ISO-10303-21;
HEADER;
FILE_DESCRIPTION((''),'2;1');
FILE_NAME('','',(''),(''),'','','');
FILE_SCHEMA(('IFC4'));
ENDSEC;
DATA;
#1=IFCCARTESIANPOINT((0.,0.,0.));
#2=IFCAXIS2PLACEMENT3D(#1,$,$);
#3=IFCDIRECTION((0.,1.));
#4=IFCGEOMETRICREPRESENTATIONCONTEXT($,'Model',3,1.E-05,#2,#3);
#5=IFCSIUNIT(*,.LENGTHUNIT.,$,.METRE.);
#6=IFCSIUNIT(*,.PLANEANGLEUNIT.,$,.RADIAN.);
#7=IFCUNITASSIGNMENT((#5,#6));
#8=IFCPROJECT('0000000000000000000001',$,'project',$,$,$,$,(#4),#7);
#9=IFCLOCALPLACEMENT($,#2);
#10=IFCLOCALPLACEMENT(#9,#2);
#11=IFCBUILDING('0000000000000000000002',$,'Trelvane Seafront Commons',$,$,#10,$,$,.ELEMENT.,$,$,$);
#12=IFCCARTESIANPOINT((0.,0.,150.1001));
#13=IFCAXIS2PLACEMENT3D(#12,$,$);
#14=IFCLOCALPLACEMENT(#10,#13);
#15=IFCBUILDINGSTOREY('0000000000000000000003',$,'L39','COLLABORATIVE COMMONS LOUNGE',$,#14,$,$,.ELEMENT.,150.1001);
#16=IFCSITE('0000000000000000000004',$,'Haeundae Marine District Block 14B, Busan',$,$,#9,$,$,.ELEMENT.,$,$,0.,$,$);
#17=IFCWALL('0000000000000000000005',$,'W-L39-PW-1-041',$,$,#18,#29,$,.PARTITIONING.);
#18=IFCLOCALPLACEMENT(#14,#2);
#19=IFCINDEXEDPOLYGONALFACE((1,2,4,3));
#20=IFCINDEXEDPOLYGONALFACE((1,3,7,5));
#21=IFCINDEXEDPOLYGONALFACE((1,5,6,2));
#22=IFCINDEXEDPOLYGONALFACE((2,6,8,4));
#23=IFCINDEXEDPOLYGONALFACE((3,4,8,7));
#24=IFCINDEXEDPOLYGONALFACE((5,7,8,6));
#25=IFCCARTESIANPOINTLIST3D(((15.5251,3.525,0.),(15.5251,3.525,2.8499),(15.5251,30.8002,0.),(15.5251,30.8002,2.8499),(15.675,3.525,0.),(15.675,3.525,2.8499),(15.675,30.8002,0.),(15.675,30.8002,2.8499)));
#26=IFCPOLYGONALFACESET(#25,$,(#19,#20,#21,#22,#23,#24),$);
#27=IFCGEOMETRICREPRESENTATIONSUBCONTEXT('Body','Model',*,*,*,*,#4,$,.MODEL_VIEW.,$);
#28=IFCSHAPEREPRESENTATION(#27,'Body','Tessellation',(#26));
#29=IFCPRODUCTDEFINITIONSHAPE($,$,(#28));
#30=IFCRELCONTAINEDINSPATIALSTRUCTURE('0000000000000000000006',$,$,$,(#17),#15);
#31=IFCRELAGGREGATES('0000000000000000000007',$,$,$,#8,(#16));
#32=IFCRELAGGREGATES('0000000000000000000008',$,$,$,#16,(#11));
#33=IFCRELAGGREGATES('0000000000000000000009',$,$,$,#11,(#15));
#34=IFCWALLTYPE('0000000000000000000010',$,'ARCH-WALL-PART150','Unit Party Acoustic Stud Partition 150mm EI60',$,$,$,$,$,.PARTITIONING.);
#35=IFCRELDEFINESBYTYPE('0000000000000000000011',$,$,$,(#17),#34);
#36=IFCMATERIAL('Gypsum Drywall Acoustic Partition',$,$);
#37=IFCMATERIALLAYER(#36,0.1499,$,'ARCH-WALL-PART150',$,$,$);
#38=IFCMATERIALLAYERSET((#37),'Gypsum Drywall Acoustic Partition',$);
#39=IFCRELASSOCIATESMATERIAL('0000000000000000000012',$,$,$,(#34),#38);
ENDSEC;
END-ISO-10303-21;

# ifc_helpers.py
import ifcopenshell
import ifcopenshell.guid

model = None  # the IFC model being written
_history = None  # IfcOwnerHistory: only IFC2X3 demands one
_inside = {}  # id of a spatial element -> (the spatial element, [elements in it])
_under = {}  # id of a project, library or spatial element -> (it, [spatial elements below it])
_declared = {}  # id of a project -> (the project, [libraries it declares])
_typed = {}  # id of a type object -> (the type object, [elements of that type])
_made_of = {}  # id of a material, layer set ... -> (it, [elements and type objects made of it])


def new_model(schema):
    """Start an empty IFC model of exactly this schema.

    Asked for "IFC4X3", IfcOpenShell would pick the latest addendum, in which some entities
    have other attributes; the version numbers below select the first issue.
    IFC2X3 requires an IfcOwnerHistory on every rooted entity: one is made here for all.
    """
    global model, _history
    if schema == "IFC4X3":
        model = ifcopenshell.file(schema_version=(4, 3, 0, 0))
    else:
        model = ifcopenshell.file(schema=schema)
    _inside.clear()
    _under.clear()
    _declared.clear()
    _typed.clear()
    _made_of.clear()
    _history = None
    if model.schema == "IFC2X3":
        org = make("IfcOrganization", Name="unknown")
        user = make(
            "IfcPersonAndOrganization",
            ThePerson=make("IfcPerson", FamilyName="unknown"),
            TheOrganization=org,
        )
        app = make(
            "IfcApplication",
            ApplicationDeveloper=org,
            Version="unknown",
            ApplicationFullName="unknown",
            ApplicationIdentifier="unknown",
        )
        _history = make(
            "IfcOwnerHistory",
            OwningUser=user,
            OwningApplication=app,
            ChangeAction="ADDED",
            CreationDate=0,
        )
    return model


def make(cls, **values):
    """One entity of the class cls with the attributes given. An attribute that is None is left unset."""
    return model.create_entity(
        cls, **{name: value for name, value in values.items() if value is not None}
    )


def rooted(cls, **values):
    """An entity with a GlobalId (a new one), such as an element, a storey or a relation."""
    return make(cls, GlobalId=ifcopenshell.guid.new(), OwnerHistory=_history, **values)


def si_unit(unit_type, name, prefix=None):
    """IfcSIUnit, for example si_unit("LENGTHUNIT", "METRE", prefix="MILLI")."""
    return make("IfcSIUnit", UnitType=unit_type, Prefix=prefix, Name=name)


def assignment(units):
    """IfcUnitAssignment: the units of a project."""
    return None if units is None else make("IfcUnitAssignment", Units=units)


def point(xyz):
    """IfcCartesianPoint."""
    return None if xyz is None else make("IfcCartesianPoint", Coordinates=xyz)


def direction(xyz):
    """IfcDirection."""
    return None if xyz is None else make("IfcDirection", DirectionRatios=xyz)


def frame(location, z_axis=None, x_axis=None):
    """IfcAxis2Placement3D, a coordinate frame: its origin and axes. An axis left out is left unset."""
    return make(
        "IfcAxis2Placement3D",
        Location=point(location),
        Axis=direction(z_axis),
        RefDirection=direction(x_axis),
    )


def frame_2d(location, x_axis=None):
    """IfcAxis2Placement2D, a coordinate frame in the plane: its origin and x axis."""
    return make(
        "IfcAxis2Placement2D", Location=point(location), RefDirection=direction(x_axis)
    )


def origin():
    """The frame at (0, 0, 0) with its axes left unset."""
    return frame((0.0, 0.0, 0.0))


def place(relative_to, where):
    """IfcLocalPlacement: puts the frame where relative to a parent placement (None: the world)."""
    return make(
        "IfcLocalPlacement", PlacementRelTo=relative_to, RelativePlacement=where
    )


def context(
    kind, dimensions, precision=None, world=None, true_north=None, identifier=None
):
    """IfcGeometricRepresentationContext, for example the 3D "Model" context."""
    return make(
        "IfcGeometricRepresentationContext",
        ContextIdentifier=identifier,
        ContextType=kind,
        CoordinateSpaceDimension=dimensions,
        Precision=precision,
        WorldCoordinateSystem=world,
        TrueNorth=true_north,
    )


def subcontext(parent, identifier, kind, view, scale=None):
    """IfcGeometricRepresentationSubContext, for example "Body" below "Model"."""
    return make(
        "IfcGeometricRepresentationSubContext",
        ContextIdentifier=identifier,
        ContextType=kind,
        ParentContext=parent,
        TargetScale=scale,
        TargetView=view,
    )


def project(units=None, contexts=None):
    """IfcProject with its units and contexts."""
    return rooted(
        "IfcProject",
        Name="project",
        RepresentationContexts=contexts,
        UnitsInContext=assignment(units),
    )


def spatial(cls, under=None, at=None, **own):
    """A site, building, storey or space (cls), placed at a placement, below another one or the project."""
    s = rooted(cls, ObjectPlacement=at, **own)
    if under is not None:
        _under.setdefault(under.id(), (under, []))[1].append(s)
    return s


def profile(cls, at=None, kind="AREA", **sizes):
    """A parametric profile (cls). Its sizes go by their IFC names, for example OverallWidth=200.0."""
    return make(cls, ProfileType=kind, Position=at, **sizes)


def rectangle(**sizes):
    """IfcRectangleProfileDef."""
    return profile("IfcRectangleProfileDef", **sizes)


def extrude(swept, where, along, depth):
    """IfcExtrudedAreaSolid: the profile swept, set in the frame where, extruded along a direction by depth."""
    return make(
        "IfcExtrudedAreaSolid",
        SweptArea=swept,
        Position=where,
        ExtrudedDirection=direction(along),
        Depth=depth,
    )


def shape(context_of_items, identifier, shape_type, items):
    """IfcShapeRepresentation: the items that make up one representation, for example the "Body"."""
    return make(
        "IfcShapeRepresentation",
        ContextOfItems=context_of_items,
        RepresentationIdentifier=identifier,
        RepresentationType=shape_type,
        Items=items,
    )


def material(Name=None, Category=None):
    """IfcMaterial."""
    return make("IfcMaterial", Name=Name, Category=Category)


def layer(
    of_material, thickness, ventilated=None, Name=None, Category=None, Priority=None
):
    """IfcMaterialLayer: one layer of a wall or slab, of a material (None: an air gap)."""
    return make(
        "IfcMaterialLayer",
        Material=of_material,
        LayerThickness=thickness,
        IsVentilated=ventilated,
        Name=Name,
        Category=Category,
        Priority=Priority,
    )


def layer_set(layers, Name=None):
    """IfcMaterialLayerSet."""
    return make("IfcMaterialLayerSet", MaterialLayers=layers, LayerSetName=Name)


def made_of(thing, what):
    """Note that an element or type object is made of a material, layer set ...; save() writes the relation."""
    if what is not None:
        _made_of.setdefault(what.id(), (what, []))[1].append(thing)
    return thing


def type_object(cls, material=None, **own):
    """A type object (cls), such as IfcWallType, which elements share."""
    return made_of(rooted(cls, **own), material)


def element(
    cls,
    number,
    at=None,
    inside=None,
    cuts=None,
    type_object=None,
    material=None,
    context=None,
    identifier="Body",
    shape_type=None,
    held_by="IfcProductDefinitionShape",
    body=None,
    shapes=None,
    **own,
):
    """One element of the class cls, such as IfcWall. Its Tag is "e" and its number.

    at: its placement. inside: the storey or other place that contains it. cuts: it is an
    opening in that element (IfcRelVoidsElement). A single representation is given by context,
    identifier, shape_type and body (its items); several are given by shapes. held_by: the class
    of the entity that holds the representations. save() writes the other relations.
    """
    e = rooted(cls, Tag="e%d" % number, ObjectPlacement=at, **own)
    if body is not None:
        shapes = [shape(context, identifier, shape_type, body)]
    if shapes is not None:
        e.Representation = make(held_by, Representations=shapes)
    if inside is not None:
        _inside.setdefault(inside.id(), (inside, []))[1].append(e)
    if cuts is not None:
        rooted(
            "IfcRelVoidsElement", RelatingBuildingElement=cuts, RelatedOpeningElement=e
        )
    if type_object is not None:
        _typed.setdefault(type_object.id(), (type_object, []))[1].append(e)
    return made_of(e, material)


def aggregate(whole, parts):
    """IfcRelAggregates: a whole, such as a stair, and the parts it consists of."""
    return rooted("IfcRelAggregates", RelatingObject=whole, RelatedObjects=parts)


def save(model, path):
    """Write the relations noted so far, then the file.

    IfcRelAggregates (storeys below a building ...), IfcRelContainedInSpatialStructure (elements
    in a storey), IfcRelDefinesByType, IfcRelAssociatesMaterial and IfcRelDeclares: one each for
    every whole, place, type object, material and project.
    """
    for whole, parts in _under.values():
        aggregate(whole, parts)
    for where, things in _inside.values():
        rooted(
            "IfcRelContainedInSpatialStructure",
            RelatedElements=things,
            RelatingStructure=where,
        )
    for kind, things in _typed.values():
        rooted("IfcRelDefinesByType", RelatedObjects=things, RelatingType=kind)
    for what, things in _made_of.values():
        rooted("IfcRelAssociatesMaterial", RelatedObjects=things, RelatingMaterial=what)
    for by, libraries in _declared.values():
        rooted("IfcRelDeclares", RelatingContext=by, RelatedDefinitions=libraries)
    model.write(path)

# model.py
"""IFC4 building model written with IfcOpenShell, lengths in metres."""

from ifc_helpers import new_model, si_unit, direction, frame, frame_2d, origin, place, context, subcontext, project, spatial, rectangle, extrude, material, layer, layer_set, type_object, element, save


model = new_model("IFC4")

# Units and contexts
model_context = context("Model", 3, precision=1e-05, world=origin(), true_north=direction((0.0, 1.0)))
body_context = subcontext(model_context, "Body", "Model", "MODEL_VIEW")
ifc_project = project(units=[si_unit("LENGTHUNIT", "METRE"), si_unit("PLANEANGLEUNIT", "RADIAN")], contexts=[model_context])

# Site, building, storey
site_placement = place(None, origin())
site = spatial("IfcSite", under=ifc_project, at=site_placement, Name="Haeundae Marine District Block 14B, Busan", CompositionType="ELEMENT", RefElevation=0.0)
building_placement = place(site_placement, origin())
building = spatial("IfcBuilding", under=site, at=building_placement, Name="Trelvane Seafront Commons", CompositionType="ELEMENT")
storey_placement = place(building_placement, frame((0.0, 0.0, 150.1001)))
storey = spatial("IfcBuildingStorey", under=building, at=storey_placement, Name="L39", Description="COLLABORATIVE COMMONS LOUNGE", CompositionType="ELEMENT", Elevation=150.1001)

# Wall
ifc_material_1 = material(Name="Gypsum Drywall Acoustic Partition")
ifc_layer_1 = layer(ifc_material_1, 0.1499, Name="ARCH-WALL-PART150")
ifc_layer_set_1 = layer_set([ifc_layer_1], Name="Gypsum Drywall Acoustic Partition")
wall_type_1 = type_object("IfcWallType", Name="ARCH-WALL-PART150", Description="Unit Party Acoustic Stud Partition 150mm EI60", PredefinedType="PARTITIONING", material=ifc_layer_set_1)
wall_1_placement = place(storey_placement, frame((15.6001, 3.5249, 0.0), z_axis=(0.0, 0.0, 1.0), x_axis=(0.0, 1.0, 0.0)))
element("IfcWall", 1, at=wall_1_placement, inside=storey, type_object=wall_type_1, Name="W-L39-PW-1-041", PredefinedType="PARTITIONING", context=body_context, shape_type="SweptSolid", body=[
    extrude(rectangle(XDim=27.2751, YDim=0.1499, at=frame_2d((13.6377, 0.0))), origin(), (0.0, 0.0, 1.0), 2.8499),
])

save(model, "model.ifc")
